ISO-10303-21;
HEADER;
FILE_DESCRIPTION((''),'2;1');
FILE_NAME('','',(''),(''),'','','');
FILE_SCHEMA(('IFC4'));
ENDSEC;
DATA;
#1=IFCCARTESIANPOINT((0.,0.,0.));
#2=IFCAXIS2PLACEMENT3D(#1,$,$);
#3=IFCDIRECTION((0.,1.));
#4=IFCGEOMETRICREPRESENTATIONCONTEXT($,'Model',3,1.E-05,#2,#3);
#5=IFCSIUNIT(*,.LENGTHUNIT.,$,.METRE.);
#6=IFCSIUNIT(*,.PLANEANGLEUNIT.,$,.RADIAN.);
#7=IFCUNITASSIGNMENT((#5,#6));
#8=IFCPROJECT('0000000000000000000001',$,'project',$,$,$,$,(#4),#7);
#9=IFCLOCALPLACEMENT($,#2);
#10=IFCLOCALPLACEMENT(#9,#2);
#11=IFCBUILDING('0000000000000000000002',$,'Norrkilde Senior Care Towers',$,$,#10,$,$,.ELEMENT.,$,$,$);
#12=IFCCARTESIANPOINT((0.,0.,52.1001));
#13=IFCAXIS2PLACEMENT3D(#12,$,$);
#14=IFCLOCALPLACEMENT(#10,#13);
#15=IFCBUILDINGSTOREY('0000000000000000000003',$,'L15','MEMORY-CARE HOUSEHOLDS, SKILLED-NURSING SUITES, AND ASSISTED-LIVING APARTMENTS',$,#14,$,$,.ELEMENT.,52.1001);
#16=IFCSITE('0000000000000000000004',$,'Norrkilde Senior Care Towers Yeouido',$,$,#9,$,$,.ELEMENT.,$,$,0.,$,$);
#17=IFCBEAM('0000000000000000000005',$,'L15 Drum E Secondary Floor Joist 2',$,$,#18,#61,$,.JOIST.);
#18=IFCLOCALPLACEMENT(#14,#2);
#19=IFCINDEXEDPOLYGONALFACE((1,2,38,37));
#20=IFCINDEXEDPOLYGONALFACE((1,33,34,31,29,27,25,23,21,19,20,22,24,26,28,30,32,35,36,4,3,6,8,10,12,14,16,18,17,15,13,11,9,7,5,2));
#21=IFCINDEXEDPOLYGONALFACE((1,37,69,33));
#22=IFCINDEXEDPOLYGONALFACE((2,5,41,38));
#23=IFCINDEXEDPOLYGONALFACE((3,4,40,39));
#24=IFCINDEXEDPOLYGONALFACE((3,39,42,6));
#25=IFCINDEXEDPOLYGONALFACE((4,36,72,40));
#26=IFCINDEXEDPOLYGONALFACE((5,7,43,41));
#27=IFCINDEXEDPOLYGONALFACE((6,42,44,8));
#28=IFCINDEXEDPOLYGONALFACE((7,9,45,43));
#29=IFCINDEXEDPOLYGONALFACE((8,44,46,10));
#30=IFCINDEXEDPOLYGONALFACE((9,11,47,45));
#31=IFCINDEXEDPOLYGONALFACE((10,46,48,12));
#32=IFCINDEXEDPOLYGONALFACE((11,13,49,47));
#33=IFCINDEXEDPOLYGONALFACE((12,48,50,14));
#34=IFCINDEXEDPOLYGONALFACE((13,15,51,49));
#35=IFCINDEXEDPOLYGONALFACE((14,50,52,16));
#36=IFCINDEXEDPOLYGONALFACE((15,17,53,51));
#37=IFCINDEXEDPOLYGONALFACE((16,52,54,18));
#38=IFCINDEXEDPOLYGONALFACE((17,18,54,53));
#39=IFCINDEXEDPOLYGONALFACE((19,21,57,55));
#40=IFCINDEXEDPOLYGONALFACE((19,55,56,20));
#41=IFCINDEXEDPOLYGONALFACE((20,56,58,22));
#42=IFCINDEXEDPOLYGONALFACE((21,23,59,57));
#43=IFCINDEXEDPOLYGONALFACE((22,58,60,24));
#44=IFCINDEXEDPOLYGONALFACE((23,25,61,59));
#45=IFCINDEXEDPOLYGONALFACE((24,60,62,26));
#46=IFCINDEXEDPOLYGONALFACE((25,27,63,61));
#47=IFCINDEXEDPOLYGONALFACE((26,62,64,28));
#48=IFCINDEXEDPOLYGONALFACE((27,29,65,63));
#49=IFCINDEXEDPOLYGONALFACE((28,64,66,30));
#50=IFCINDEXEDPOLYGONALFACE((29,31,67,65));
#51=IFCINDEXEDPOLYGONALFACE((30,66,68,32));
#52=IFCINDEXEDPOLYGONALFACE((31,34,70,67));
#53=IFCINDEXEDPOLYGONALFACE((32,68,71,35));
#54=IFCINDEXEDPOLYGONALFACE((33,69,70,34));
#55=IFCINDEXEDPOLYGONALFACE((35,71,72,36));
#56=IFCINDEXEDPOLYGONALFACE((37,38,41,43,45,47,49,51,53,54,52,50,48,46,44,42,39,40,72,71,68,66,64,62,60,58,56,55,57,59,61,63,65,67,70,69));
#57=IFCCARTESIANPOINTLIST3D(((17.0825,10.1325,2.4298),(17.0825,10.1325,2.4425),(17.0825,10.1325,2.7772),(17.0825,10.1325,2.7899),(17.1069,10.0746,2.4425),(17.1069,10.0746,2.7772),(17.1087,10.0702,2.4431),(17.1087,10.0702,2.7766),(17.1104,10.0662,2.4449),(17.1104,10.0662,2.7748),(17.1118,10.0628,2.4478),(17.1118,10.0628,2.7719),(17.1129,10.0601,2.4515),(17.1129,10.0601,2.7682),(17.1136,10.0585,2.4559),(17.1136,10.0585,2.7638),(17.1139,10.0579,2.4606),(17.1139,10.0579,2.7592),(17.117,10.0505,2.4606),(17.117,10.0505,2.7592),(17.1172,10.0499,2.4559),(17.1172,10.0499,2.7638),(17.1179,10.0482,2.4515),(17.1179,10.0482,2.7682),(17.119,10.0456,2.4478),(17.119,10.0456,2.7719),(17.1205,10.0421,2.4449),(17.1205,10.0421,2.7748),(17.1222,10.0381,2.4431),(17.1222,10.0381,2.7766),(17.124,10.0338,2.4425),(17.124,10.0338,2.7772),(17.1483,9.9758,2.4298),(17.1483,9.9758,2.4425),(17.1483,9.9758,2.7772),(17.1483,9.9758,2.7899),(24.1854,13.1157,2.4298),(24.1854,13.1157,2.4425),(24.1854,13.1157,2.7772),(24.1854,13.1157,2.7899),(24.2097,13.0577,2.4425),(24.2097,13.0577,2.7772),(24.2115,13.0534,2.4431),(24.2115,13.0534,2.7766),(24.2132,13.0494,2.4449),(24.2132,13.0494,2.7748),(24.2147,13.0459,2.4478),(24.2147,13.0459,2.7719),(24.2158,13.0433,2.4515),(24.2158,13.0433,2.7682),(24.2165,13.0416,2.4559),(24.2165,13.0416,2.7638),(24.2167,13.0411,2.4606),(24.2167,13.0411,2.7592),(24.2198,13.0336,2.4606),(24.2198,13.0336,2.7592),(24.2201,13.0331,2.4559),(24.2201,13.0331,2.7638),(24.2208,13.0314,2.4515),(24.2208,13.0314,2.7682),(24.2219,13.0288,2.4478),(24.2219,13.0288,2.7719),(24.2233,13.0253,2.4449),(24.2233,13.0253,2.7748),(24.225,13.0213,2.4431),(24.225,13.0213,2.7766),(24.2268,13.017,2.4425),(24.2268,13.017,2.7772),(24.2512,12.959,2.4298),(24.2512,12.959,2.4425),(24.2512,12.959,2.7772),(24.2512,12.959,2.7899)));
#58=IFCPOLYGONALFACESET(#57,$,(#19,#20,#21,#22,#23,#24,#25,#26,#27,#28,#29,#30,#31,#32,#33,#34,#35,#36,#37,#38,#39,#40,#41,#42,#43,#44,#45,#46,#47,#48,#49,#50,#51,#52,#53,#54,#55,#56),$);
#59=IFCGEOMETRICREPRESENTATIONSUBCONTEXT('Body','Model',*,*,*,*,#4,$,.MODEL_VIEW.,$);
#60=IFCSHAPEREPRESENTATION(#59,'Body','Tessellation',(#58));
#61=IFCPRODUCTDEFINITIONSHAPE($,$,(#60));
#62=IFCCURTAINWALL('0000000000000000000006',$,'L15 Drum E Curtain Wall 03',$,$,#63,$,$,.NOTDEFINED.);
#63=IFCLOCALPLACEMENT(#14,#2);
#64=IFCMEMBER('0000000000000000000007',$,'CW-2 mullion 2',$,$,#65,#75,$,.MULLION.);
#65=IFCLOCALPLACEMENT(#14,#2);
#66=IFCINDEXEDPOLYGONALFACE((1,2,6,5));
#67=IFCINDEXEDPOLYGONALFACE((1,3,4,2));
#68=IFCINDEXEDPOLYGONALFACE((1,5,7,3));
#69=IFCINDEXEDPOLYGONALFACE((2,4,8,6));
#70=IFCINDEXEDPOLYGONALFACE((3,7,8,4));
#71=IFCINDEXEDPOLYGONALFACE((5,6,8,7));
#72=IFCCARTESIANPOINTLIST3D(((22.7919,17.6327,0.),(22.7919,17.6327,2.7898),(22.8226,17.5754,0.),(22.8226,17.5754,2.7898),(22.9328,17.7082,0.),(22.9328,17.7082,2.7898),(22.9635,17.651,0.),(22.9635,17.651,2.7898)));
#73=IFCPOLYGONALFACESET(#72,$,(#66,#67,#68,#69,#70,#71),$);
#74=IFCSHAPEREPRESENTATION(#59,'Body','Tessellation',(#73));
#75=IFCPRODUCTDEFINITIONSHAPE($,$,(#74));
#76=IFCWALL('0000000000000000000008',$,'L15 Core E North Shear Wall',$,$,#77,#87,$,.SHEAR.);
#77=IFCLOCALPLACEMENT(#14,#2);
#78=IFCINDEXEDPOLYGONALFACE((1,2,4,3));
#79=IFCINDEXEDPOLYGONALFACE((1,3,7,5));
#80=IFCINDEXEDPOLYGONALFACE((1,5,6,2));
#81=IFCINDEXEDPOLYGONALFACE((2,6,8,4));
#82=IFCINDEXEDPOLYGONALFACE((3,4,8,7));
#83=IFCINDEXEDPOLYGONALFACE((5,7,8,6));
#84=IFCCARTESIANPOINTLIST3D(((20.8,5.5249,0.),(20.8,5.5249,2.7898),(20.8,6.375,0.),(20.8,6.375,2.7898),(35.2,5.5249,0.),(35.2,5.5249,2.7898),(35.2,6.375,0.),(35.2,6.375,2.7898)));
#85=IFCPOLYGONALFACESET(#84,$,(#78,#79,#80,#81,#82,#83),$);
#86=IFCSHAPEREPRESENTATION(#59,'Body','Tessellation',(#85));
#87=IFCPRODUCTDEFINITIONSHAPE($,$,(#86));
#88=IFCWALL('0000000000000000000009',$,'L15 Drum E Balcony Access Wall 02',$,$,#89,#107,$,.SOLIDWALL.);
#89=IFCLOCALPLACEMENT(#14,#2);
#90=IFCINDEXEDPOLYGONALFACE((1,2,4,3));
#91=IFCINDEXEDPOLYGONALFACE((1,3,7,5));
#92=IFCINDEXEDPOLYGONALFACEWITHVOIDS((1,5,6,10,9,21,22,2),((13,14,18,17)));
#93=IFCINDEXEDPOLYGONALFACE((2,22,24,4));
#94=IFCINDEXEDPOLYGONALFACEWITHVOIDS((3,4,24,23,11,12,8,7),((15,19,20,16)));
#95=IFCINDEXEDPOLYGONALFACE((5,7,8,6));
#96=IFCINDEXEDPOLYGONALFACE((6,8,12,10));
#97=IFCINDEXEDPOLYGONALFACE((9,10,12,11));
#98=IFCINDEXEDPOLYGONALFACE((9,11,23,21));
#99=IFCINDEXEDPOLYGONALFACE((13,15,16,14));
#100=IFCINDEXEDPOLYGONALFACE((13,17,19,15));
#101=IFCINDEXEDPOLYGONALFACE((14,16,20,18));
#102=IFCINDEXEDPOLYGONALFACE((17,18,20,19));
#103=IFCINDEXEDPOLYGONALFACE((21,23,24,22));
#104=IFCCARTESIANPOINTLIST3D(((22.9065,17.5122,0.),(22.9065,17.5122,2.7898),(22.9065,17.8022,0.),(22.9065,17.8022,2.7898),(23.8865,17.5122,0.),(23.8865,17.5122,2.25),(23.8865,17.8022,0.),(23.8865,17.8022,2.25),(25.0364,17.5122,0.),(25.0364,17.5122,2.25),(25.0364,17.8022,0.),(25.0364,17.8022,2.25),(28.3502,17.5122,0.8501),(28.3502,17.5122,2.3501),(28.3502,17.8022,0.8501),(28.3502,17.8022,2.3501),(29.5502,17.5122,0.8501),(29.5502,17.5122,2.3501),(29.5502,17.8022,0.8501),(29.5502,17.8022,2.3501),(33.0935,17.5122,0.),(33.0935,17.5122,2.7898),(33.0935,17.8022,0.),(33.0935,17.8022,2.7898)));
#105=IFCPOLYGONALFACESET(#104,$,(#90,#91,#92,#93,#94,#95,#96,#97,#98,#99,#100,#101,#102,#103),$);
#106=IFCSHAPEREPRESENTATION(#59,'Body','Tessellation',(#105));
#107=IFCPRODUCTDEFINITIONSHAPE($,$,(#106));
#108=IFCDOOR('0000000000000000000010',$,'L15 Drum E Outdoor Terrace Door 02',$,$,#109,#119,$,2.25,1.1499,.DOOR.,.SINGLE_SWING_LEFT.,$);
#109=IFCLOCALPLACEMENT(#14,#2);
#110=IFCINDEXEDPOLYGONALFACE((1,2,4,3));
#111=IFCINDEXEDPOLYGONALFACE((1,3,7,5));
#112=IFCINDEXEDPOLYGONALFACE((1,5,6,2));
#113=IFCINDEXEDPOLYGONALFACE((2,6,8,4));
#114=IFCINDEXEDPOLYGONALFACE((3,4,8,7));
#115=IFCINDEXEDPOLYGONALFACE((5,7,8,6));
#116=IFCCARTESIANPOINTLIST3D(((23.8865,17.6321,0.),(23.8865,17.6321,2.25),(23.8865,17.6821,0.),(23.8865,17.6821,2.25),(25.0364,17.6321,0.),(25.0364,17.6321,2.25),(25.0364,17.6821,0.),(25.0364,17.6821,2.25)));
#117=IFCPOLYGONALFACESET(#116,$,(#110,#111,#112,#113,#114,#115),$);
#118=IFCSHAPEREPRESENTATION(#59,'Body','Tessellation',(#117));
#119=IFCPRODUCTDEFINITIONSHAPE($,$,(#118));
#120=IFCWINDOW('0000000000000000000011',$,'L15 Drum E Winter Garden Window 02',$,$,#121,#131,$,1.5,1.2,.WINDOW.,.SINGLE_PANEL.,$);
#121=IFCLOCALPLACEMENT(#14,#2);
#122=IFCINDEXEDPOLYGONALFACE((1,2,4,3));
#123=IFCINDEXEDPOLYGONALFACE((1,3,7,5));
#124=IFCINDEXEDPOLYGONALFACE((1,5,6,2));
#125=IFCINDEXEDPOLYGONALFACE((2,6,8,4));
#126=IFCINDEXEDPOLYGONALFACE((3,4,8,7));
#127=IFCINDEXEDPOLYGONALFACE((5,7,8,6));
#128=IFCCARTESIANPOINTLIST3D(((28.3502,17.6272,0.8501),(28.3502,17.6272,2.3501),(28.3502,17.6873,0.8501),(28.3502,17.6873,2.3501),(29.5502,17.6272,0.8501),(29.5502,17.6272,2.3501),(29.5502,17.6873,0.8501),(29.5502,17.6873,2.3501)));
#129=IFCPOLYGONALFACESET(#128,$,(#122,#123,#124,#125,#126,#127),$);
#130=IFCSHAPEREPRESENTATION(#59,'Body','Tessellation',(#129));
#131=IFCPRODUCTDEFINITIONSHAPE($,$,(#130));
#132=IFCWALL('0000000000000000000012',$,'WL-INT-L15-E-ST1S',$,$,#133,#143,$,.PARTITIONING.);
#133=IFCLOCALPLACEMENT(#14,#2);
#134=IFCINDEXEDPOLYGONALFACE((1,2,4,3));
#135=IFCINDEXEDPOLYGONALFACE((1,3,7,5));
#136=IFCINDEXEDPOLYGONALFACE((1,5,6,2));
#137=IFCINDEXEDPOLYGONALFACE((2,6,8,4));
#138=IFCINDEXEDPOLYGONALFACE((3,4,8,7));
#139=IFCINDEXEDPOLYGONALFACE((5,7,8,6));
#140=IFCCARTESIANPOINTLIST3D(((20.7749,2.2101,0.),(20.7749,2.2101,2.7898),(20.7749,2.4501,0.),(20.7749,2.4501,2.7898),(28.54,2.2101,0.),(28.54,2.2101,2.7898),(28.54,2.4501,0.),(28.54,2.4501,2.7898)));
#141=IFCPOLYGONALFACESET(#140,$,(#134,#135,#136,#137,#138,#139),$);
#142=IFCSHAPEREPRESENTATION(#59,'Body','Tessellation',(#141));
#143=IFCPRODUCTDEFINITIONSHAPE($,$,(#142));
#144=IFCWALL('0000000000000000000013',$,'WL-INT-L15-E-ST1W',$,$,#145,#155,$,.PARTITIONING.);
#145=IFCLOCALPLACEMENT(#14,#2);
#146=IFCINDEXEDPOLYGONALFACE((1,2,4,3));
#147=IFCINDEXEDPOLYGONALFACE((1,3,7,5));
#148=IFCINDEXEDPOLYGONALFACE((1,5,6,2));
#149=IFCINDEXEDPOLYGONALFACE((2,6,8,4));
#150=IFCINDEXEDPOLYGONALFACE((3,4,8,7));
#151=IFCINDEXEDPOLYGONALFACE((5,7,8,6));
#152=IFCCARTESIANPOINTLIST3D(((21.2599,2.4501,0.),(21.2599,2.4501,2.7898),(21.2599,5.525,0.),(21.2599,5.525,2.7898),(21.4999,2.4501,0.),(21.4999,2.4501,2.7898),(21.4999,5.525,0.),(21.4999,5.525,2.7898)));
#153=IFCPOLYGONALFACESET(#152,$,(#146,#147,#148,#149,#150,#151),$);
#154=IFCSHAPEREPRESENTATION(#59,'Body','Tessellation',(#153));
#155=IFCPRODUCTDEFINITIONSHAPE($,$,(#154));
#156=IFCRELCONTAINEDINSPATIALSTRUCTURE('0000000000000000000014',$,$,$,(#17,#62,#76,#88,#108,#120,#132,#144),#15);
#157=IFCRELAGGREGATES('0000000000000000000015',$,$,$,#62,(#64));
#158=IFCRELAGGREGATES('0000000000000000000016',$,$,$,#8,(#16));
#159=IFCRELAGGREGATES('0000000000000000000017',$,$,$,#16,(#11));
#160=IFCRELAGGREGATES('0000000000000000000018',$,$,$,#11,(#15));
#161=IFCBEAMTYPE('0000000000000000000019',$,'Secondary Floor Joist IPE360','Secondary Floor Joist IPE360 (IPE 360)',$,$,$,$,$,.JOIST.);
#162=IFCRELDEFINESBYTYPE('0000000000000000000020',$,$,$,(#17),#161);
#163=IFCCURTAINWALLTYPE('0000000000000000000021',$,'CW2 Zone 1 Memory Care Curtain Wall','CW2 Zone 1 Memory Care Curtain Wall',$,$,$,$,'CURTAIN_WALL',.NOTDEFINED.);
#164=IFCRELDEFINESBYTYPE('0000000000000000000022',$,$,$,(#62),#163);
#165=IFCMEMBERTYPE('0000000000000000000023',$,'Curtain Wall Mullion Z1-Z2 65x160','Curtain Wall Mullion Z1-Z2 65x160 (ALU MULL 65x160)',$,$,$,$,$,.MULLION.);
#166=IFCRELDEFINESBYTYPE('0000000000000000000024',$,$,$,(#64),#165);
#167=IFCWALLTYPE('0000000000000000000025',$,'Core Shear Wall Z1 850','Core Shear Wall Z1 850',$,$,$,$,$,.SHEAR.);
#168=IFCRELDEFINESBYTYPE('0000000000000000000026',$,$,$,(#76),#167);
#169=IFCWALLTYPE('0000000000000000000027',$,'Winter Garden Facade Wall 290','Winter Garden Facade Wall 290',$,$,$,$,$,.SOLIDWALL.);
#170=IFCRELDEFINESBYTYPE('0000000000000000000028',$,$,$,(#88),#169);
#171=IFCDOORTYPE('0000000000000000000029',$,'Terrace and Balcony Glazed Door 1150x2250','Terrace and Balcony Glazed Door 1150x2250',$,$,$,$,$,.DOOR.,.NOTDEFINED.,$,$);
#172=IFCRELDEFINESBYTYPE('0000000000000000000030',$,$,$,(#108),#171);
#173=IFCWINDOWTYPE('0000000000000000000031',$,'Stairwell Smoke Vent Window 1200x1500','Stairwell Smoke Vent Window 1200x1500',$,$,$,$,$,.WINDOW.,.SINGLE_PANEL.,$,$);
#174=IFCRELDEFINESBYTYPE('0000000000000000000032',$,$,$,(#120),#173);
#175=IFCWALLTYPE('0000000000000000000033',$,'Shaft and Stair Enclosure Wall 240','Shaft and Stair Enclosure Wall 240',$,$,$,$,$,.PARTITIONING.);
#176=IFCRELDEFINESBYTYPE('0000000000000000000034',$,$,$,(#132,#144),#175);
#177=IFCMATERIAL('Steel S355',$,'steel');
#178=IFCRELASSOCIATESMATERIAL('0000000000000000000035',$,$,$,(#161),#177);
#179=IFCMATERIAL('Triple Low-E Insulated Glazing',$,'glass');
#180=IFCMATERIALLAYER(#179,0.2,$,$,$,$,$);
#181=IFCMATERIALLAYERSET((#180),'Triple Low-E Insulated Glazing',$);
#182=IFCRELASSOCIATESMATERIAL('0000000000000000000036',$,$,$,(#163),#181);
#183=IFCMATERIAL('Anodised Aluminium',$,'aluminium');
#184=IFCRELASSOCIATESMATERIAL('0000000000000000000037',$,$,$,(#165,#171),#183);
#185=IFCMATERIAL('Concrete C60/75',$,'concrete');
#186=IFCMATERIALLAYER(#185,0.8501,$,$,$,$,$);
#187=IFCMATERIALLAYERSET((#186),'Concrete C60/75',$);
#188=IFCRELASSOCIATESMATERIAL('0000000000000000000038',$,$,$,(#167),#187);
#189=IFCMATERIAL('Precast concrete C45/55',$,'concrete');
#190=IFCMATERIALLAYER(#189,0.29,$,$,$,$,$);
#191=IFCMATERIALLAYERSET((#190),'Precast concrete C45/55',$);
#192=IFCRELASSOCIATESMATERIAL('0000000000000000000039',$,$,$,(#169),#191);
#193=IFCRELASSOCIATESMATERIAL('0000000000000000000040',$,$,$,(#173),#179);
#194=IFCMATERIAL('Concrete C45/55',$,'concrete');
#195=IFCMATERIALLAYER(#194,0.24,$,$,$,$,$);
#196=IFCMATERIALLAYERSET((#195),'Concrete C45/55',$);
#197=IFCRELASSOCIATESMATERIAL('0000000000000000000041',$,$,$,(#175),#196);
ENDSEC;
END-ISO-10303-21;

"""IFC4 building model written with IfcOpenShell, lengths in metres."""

from ifc_helpers import new_model, si_unit, direction, frame, frame_2d, origin, origin_2d, place, context, subcontext, project, spatial, rectangle, i_section, extrude, source, transform, mapped, material, layer, layer_set, material_profile, profile_set, type_object, type_shapes, element, fill, aggregate, save


model = new_model("IFC4")

# Units and contexts
model_context = context("Model", 3, precision=1e-05, world=origin(), true_north=direction((0.0, 1.0)))
body_context = subcontext(model_context, "Body", "Model", "MODEL_VIEW")
ifc_project = project(units=[si_unit("LENGTHUNIT", "METRE"), si_unit("PLANEANGLEUNIT", "RADIAN")], contexts=[model_context])

# Site, building, storey
site_placement = place(None, origin())
site = spatial("IfcSite", under=ifc_project, at=site_placement, Name="Norrkilde Senior Care Towers Yeouido", CompositionType="ELEMENT", RefElevation=0.0)
building_placement = place(site_placement, origin())
building = spatial("IfcBuilding", under=site, at=building_placement, Name="Norrkilde Senior Care Towers", CompositionType="ELEMENT")
storey_placement = place(building_placement, frame((0.0, 0.0, 52.1001)))
storey = spatial("IfcBuildingStorey", under=building, at=storey_placement, Name="L15", Description="MEMORY-CARE HOUSEHOLDS, SKILLED-NURSING SUITES, AND ASSISTED-LIVING APARTMENTS", CompositionType="ELEMENT", Elevation=52.1001)

# Shared definitions
ifc_material_1 = material(Name="Concrete C60/75", Category="concrete")

# Beam
ifc_material_2 = material(Name="Steel S355", Category="steel")
ifc_material_profile_1 = material_profile(ifc_material_2, i_section(OverallWidth=0.1699, OverallDepth=0.3601, WebThickness=0.0081, FlangeThickness=0.0127, FilletRadius=0.0181, at=origin_2d()), Name="IPE 360")
ifc_profile_set_1 = profile_set([ifc_material_profile_1], Name="Steel S355")
beam_type_1 = type_object("IfcBeamType", Name="Secondary Floor Joist IPE360", Description="Secondary Floor Joist IPE360 (IPE 360)", PredefinedType="JOIST", material=ifc_profile_set_1)
shared_shape_1 = source(origin(), body_context, "Body", "SweptSolid", [
    extrude(i_section(OverallWidth=0.1699, OverallDepth=0.3601, WebThickness=0.0081, FlangeThickness=0.0127, FilletRadius=0.0181, at=origin_2d()), origin(), (0.0, 0.0, 1.0), 7.7039),
])
type_shapes(beam_type_1, [shared_shape_1])
beam_1_placement = place(storey_placement, frame((24.2183, 13.0374, 2.6099), z_axis=(-0.921983, -0.387231, 0.0), x_axis=(0.387231, -0.921983, 0.0)))
element("IfcBeam", 1, at=beam_1_placement, inside=storey, type_object=beam_type_1, Name="L15 Drum E Secondary Floor Joist 2", PredefinedType="JOIST", context=body_context, shape_type="MappedRepresentation", body=[
    mapped(shared_shape_1, transform((0.0, 0.0, 0.0), x_axis=(1.0, 0.0, 0.0), y_axis=(0.0, 1.0, 0.0), z_axis=(0.0, 0.0, 1.0), scale=1.0)),
])

# Curtain wall, member
ifc_material_3 = material(Name="Triple Low-E Insulated Glazing", Category="glass")
ifc_layer_1 = layer(ifc_material_3, 0.2)
ifc_layer_set_1 = layer_set([ifc_layer_1], Name="Triple Low-E Insulated Glazing")
curtain_wall_type = type_object("IfcCurtainWallType", Name="CW2 Zone 1 Memory Care Curtain Wall", Description="CW2 Zone 1 Memory Care Curtain Wall", ElementType="CURTAIN_WALL", PredefinedType="NOTDEFINED", material=ifc_layer_set_1)
curtain_wall_placement = place(storey_placement, origin())
curtain_wall = element("IfcCurtainWall", 2, at=curtain_wall_placement, inside=storey, type_object=curtain_wall_type, Name="L15 Drum E Curtain Wall 03", PredefinedType="NOTDEFINED")
ifc_material_4 = material(Name="Anodised Aluminium", Category="aluminium")
ifc_material_profile_2 = material_profile(ifc_material_4, rectangle(XDim=0.0649, YDim=0.1599, at=origin_2d()), Name="ALU MULL 65x160")
ifc_profile_set_2 = profile_set([ifc_material_profile_2], Name="Anodised Aluminium")
member_type = type_object("IfcMemberType", Name="Curtain Wall Mullion Z1-Z2 65x160", Description="Curtain Wall Mullion Z1-Z2 65x160 (ALU MULL 65x160)", PredefinedType="MULLION", material=ifc_profile_set_2)
shared_shape_2 = source(origin(), body_context, "Body", "SweptSolid", [
    extrude(rectangle(XDim=0.0649, YDim=0.1599, at=origin_2d()), origin(), (0.0, 0.0, 1.0), 2.7898),
])
type_shapes(member_type, [shared_shape_2])
member_placement = place(storey_placement, frame((22.8777, 17.6418, 0.0), z_axis=(0.0, 0.0, 1.0), x_axis=(-0.472608, 0.881273, 0.0)))
member = element("IfcMember", 3, at=member_placement, type_object=member_type, Name="CW-2 mullion 2", PredefinedType="MULLION", context=body_context, shape_type="MappedRepresentation", body=[
    mapped(shared_shape_2, transform((0.0, 0.0, 0.0), x_axis=(1.0, 0.0, 0.0), y_axis=(0.0, 1.0, 0.0), z_axis=(0.0, 0.0, 1.0), scale=1.0)),
])
aggregate(curtain_wall, [member])

# Wall
ifc_layer_2 = layer(ifc_material_1, 0.8501)
ifc_layer_set_2 = layer_set([ifc_layer_2], Name="Concrete C60/75")
wall_type_1 = type_object("IfcWallType", Name="Core Shear Wall Z1 850", Description="Core Shear Wall Z1 850", PredefinedType="SHEAR", material=ifc_layer_set_2)
shared_shape_3 = source(origin(), body_context, "Body", "SweptSolid", [
    extrude(rectangle(XDim=14.3999, YDim=0.8501, at=frame_2d((7.2, 0.0))), origin(), (0.0, 0.0, 1.0), 2.7898),
])
type_shapes(wall_type_1, [shared_shape_3])
wall_1_placement = place(storey_placement, frame((20.8, 5.95, 0.0), z_axis=(0.0, 0.0, 1.0), x_axis=(1.0, 0.0, 0.0)))
element("IfcWall", 4, at=wall_1_placement, inside=storey, type_object=wall_type_1, Name="L15 Core E North Shear Wall", PredefinedType="SHEAR", context=body_context, shape_type="MappedRepresentation", body=[
    mapped(shared_shape_3, transform((0.0, 0.0, 0.0), x_axis=(1.0, 0.0, 0.0), y_axis=(0.0, 1.0, 0.0), z_axis=(0.0, 0.0, 1.0), scale=1.0)),
])

# Wall, openings, door, window
ifc_material_5 = material(Name="Precast concrete C45/55", Category="concrete")
ifc_layer_3 = layer(ifc_material_5, 0.29)
ifc_layer_set_3 = layer_set([ifc_layer_3], Name="Precast concrete C45/55")
wall_type_2 = type_object("IfcWallType", Name="Winter Garden Facade Wall 290", Description="Winter Garden Facade Wall 290", PredefinedType="SOLIDWALL", material=ifc_layer_set_3)
shared_shape_4 = source(origin(), body_context, "Body", "SweptSolid", [
    extrude(rectangle(XDim=10.187, YDim=0.29, at=frame_2d((5.0935, 0.0))), origin(), (0.0, 0.0, 1.0), 2.7898),
])
type_shapes(wall_type_2, [shared_shape_4])
wall_2_placement = place(storey_placement, frame((22.9065, 17.6572, 0.0), z_axis=(0.0, 0.0, 1.0), x_axis=(1.0, 0.0, 0.0)))
wall_2 = element("IfcWall", 5, at=wall_2_placement, inside=storey, type_object=wall_type_2, Name="L15 Drum E Balcony Access Wall 02", PredefinedType="SOLIDWALL", context=body_context, shape_type="MappedRepresentation", body=[
    mapped(shared_shape_4, transform((0.0, 0.0, 0.0), x_axis=(1.0, 0.0, 0.0), y_axis=(0.0, 1.0, 0.0), z_axis=(0.0, 0.0, 1.0), scale=1.0)),
])
opening_1_placement = place(wall_2_placement, frame((0.98, 0.0, 0.0)))
opening_1 = element("IfcOpeningElement", 6, at=opening_1_placement, cuts=wall_2, PredefinedType="OPENING", context=body_context, shape_type="SweptSolid", body=[
    extrude(rectangle(XDim=1.1499, YDim=2.25, at=frame_2d((0.575, 1.125))), frame((0.0, 0.155, 0.0), z_axis=(0.0, -1.0, 0.0), x_axis=(1.0, 0.0, 0.0)), (0.0, 0.0, 1.0), 0.3101),
])
opening_2_placement = place(wall_2_placement, frame((5.4436, 0.0, 0.8501)))
opening_2 = element("IfcOpeningElement", 7, at=opening_2_placement, cuts=wall_2, PredefinedType="OPENING", context=body_context, shape_type="SweptSolid", body=[
    extrude(rectangle(XDim=1.2, YDim=1.5, at=frame_2d((0.6001, 0.75))), frame((0.0, 0.155, 0.0), z_axis=(0.0, -1.0, 0.0), x_axis=(1.0, 0.0, 0.0)), (0.0, 0.0, 1.0), 0.3101),
])
door_type_1 = type_object("IfcDoorType", Name="Terrace and Balcony Glazed Door 1150x2250", Description="Terrace and Balcony Glazed Door 1150x2250", OperationType="NOTDEFINED", PredefinedType="DOOR", material=ifc_material_4)
shared_shape_5 = source(origin(), body_context, "Body", "SweptSolid", [
    extrude(rectangle(XDim=1.1499, YDim=2.25, at=frame_2d((0.575, 1.125))), frame((0.0, 0.0249, 0.0), z_axis=(0.0, -1.0, 0.0), x_axis=(1.0, 0.0, 0.0)), (0.0, 0.0, 1.0), 0.05),
])
type_shapes(door_type_1, [shared_shape_5])
door_1_placement = place(opening_1_placement, origin())
door_1 = element("IfcDoor", 8, at=door_1_placement, inside=storey, type_object=door_type_1, Name="L15 Drum E Outdoor Terrace Door 02", OperationType="SINGLE_SWING_LEFT", OverallHeight=2.25, OverallWidth=1.1499, PredefinedType="DOOR", context=body_context, shape_type="MappedRepresentation", body=[
    mapped(shared_shape_5, transform((0.0, 0.0, 0.0), x_axis=(1.0, 0.0, 0.0), y_axis=(0.0, 1.0, 0.0), z_axis=(0.0, 0.0, 1.0), scale=1.0)),
])
fill(opening_1, door_1)
window_type = type_object("IfcWindowType", Name="Stairwell Smoke Vent Window 1200x1500", Description="Stairwell Smoke Vent Window 1200x1500", PartitioningType="SINGLE_PANEL", PredefinedType="WINDOW", material=ifc_material_3)
shared_shape_6 = source(origin(), body_context, "Body", "SweptSolid", [
    extrude(rectangle(XDim=1.2, YDim=1.5, at=frame_2d((0.6001, 0.75))), frame((0.0, 0.03, 0.0), z_axis=(0.0, -1.0, 0.0), x_axis=(1.0, 0.0, 0.0)), (0.0, 0.0, 1.0), 0.0601),
])
type_shapes(window_type, [shared_shape_6])
window_placement = place(opening_2_placement, origin())
window = element("IfcWindow", 9, at=window_placement, inside=storey, type_object=window_type, Name="L15 Drum E Winter Garden Window 02", OverallHeight=1.5, OverallWidth=1.2, PartitioningType="SINGLE_PANEL", PredefinedType="WINDOW", context=body_context, shape_type="MappedRepresentation", body=[
    mapped(shared_shape_6, transform((0.0, 0.0, 0.0), x_axis=(1.0, 0.0, 0.0), y_axis=(0.0, 1.0, 0.0), z_axis=(0.0, 0.0, 1.0), scale=1.0)),
])
fill(opening_2, window)

# Wall
ifc_material_6 = material(Name="Concrete C45/55", Category="concrete")
ifc_layer_4 = layer(ifc_material_6, 0.24)
ifc_layer_set_4 = layer_set([ifc_layer_4], Name="Concrete C45/55")
wall_type_3 = type_object("IfcWallType", Name="Shaft and Stair Enclosure Wall 240", Description="Shaft and Stair Enclosure Wall 240", PredefinedType="PARTITIONING", material=ifc_layer_set_4)
shared_shape_7 = source(origin(), body_context, "Body", "SweptSolid", [
    extrude(rectangle(XDim=7.7651, YDim=0.24, at=frame_2d((3.8826, 0.0))), origin(), (0.0, 0.0, 1.0), 2.7898),
])
wall_3_placement = place(storey_placement, frame((20.7749, 2.3301, 0.0), z_axis=(0.0, 0.0, 1.0), x_axis=(1.0, 0.0, 0.0)))
element("IfcWall", 10, at=wall_3_placement, inside=storey, type_object=wall_type_3, Name="WL-INT-L15-E-ST1S", PredefinedType="PARTITIONING", context=body_context, shape_type="MappedRepresentation", body=[
    mapped(shared_shape_7, transform((0.0, 0.0, 0.0), x_axis=(1.0, 0.0, 0.0), y_axis=(0.0, 1.0, 0.0), z_axis=(0.0, 0.0, 1.0), scale=1.0)),
])

# Wall
shared_shape_8 = source(origin(), body_context, "Body", "SweptSolid", [
    extrude(rectangle(XDim=3.075, YDim=0.24, at=frame_2d((1.5376, 0.0))), origin(), (0.0, 0.0, 1.0), 2.7898),
])
type_shapes(wall_type_3, [shared_shape_7, shared_shape_8])
wall_4_placement = place(storey_placement, frame((21.3799, 2.45, 0.0), z_axis=(0.0, 0.0, 1.0), x_axis=(0.0, 1.0, 0.0)))
element("IfcWall", 11, at=wall_4_placement, inside=storey, type_object=wall_type_3, Name="WL-INT-L15-E-ST1W", PredefinedType="PARTITIONING", context=body_context, shape_type="MappedRepresentation", body=[
    mapped(shared_shape_8, transform((0.0, 0.0, 0.0), x_axis=(1.0, 0.0, 0.0), y_axis=(0.0, 1.0, 0.0), z_axis=(0.0, 0.0, 1.0), scale=1.0)),
])

save(model, "model.ifc")
